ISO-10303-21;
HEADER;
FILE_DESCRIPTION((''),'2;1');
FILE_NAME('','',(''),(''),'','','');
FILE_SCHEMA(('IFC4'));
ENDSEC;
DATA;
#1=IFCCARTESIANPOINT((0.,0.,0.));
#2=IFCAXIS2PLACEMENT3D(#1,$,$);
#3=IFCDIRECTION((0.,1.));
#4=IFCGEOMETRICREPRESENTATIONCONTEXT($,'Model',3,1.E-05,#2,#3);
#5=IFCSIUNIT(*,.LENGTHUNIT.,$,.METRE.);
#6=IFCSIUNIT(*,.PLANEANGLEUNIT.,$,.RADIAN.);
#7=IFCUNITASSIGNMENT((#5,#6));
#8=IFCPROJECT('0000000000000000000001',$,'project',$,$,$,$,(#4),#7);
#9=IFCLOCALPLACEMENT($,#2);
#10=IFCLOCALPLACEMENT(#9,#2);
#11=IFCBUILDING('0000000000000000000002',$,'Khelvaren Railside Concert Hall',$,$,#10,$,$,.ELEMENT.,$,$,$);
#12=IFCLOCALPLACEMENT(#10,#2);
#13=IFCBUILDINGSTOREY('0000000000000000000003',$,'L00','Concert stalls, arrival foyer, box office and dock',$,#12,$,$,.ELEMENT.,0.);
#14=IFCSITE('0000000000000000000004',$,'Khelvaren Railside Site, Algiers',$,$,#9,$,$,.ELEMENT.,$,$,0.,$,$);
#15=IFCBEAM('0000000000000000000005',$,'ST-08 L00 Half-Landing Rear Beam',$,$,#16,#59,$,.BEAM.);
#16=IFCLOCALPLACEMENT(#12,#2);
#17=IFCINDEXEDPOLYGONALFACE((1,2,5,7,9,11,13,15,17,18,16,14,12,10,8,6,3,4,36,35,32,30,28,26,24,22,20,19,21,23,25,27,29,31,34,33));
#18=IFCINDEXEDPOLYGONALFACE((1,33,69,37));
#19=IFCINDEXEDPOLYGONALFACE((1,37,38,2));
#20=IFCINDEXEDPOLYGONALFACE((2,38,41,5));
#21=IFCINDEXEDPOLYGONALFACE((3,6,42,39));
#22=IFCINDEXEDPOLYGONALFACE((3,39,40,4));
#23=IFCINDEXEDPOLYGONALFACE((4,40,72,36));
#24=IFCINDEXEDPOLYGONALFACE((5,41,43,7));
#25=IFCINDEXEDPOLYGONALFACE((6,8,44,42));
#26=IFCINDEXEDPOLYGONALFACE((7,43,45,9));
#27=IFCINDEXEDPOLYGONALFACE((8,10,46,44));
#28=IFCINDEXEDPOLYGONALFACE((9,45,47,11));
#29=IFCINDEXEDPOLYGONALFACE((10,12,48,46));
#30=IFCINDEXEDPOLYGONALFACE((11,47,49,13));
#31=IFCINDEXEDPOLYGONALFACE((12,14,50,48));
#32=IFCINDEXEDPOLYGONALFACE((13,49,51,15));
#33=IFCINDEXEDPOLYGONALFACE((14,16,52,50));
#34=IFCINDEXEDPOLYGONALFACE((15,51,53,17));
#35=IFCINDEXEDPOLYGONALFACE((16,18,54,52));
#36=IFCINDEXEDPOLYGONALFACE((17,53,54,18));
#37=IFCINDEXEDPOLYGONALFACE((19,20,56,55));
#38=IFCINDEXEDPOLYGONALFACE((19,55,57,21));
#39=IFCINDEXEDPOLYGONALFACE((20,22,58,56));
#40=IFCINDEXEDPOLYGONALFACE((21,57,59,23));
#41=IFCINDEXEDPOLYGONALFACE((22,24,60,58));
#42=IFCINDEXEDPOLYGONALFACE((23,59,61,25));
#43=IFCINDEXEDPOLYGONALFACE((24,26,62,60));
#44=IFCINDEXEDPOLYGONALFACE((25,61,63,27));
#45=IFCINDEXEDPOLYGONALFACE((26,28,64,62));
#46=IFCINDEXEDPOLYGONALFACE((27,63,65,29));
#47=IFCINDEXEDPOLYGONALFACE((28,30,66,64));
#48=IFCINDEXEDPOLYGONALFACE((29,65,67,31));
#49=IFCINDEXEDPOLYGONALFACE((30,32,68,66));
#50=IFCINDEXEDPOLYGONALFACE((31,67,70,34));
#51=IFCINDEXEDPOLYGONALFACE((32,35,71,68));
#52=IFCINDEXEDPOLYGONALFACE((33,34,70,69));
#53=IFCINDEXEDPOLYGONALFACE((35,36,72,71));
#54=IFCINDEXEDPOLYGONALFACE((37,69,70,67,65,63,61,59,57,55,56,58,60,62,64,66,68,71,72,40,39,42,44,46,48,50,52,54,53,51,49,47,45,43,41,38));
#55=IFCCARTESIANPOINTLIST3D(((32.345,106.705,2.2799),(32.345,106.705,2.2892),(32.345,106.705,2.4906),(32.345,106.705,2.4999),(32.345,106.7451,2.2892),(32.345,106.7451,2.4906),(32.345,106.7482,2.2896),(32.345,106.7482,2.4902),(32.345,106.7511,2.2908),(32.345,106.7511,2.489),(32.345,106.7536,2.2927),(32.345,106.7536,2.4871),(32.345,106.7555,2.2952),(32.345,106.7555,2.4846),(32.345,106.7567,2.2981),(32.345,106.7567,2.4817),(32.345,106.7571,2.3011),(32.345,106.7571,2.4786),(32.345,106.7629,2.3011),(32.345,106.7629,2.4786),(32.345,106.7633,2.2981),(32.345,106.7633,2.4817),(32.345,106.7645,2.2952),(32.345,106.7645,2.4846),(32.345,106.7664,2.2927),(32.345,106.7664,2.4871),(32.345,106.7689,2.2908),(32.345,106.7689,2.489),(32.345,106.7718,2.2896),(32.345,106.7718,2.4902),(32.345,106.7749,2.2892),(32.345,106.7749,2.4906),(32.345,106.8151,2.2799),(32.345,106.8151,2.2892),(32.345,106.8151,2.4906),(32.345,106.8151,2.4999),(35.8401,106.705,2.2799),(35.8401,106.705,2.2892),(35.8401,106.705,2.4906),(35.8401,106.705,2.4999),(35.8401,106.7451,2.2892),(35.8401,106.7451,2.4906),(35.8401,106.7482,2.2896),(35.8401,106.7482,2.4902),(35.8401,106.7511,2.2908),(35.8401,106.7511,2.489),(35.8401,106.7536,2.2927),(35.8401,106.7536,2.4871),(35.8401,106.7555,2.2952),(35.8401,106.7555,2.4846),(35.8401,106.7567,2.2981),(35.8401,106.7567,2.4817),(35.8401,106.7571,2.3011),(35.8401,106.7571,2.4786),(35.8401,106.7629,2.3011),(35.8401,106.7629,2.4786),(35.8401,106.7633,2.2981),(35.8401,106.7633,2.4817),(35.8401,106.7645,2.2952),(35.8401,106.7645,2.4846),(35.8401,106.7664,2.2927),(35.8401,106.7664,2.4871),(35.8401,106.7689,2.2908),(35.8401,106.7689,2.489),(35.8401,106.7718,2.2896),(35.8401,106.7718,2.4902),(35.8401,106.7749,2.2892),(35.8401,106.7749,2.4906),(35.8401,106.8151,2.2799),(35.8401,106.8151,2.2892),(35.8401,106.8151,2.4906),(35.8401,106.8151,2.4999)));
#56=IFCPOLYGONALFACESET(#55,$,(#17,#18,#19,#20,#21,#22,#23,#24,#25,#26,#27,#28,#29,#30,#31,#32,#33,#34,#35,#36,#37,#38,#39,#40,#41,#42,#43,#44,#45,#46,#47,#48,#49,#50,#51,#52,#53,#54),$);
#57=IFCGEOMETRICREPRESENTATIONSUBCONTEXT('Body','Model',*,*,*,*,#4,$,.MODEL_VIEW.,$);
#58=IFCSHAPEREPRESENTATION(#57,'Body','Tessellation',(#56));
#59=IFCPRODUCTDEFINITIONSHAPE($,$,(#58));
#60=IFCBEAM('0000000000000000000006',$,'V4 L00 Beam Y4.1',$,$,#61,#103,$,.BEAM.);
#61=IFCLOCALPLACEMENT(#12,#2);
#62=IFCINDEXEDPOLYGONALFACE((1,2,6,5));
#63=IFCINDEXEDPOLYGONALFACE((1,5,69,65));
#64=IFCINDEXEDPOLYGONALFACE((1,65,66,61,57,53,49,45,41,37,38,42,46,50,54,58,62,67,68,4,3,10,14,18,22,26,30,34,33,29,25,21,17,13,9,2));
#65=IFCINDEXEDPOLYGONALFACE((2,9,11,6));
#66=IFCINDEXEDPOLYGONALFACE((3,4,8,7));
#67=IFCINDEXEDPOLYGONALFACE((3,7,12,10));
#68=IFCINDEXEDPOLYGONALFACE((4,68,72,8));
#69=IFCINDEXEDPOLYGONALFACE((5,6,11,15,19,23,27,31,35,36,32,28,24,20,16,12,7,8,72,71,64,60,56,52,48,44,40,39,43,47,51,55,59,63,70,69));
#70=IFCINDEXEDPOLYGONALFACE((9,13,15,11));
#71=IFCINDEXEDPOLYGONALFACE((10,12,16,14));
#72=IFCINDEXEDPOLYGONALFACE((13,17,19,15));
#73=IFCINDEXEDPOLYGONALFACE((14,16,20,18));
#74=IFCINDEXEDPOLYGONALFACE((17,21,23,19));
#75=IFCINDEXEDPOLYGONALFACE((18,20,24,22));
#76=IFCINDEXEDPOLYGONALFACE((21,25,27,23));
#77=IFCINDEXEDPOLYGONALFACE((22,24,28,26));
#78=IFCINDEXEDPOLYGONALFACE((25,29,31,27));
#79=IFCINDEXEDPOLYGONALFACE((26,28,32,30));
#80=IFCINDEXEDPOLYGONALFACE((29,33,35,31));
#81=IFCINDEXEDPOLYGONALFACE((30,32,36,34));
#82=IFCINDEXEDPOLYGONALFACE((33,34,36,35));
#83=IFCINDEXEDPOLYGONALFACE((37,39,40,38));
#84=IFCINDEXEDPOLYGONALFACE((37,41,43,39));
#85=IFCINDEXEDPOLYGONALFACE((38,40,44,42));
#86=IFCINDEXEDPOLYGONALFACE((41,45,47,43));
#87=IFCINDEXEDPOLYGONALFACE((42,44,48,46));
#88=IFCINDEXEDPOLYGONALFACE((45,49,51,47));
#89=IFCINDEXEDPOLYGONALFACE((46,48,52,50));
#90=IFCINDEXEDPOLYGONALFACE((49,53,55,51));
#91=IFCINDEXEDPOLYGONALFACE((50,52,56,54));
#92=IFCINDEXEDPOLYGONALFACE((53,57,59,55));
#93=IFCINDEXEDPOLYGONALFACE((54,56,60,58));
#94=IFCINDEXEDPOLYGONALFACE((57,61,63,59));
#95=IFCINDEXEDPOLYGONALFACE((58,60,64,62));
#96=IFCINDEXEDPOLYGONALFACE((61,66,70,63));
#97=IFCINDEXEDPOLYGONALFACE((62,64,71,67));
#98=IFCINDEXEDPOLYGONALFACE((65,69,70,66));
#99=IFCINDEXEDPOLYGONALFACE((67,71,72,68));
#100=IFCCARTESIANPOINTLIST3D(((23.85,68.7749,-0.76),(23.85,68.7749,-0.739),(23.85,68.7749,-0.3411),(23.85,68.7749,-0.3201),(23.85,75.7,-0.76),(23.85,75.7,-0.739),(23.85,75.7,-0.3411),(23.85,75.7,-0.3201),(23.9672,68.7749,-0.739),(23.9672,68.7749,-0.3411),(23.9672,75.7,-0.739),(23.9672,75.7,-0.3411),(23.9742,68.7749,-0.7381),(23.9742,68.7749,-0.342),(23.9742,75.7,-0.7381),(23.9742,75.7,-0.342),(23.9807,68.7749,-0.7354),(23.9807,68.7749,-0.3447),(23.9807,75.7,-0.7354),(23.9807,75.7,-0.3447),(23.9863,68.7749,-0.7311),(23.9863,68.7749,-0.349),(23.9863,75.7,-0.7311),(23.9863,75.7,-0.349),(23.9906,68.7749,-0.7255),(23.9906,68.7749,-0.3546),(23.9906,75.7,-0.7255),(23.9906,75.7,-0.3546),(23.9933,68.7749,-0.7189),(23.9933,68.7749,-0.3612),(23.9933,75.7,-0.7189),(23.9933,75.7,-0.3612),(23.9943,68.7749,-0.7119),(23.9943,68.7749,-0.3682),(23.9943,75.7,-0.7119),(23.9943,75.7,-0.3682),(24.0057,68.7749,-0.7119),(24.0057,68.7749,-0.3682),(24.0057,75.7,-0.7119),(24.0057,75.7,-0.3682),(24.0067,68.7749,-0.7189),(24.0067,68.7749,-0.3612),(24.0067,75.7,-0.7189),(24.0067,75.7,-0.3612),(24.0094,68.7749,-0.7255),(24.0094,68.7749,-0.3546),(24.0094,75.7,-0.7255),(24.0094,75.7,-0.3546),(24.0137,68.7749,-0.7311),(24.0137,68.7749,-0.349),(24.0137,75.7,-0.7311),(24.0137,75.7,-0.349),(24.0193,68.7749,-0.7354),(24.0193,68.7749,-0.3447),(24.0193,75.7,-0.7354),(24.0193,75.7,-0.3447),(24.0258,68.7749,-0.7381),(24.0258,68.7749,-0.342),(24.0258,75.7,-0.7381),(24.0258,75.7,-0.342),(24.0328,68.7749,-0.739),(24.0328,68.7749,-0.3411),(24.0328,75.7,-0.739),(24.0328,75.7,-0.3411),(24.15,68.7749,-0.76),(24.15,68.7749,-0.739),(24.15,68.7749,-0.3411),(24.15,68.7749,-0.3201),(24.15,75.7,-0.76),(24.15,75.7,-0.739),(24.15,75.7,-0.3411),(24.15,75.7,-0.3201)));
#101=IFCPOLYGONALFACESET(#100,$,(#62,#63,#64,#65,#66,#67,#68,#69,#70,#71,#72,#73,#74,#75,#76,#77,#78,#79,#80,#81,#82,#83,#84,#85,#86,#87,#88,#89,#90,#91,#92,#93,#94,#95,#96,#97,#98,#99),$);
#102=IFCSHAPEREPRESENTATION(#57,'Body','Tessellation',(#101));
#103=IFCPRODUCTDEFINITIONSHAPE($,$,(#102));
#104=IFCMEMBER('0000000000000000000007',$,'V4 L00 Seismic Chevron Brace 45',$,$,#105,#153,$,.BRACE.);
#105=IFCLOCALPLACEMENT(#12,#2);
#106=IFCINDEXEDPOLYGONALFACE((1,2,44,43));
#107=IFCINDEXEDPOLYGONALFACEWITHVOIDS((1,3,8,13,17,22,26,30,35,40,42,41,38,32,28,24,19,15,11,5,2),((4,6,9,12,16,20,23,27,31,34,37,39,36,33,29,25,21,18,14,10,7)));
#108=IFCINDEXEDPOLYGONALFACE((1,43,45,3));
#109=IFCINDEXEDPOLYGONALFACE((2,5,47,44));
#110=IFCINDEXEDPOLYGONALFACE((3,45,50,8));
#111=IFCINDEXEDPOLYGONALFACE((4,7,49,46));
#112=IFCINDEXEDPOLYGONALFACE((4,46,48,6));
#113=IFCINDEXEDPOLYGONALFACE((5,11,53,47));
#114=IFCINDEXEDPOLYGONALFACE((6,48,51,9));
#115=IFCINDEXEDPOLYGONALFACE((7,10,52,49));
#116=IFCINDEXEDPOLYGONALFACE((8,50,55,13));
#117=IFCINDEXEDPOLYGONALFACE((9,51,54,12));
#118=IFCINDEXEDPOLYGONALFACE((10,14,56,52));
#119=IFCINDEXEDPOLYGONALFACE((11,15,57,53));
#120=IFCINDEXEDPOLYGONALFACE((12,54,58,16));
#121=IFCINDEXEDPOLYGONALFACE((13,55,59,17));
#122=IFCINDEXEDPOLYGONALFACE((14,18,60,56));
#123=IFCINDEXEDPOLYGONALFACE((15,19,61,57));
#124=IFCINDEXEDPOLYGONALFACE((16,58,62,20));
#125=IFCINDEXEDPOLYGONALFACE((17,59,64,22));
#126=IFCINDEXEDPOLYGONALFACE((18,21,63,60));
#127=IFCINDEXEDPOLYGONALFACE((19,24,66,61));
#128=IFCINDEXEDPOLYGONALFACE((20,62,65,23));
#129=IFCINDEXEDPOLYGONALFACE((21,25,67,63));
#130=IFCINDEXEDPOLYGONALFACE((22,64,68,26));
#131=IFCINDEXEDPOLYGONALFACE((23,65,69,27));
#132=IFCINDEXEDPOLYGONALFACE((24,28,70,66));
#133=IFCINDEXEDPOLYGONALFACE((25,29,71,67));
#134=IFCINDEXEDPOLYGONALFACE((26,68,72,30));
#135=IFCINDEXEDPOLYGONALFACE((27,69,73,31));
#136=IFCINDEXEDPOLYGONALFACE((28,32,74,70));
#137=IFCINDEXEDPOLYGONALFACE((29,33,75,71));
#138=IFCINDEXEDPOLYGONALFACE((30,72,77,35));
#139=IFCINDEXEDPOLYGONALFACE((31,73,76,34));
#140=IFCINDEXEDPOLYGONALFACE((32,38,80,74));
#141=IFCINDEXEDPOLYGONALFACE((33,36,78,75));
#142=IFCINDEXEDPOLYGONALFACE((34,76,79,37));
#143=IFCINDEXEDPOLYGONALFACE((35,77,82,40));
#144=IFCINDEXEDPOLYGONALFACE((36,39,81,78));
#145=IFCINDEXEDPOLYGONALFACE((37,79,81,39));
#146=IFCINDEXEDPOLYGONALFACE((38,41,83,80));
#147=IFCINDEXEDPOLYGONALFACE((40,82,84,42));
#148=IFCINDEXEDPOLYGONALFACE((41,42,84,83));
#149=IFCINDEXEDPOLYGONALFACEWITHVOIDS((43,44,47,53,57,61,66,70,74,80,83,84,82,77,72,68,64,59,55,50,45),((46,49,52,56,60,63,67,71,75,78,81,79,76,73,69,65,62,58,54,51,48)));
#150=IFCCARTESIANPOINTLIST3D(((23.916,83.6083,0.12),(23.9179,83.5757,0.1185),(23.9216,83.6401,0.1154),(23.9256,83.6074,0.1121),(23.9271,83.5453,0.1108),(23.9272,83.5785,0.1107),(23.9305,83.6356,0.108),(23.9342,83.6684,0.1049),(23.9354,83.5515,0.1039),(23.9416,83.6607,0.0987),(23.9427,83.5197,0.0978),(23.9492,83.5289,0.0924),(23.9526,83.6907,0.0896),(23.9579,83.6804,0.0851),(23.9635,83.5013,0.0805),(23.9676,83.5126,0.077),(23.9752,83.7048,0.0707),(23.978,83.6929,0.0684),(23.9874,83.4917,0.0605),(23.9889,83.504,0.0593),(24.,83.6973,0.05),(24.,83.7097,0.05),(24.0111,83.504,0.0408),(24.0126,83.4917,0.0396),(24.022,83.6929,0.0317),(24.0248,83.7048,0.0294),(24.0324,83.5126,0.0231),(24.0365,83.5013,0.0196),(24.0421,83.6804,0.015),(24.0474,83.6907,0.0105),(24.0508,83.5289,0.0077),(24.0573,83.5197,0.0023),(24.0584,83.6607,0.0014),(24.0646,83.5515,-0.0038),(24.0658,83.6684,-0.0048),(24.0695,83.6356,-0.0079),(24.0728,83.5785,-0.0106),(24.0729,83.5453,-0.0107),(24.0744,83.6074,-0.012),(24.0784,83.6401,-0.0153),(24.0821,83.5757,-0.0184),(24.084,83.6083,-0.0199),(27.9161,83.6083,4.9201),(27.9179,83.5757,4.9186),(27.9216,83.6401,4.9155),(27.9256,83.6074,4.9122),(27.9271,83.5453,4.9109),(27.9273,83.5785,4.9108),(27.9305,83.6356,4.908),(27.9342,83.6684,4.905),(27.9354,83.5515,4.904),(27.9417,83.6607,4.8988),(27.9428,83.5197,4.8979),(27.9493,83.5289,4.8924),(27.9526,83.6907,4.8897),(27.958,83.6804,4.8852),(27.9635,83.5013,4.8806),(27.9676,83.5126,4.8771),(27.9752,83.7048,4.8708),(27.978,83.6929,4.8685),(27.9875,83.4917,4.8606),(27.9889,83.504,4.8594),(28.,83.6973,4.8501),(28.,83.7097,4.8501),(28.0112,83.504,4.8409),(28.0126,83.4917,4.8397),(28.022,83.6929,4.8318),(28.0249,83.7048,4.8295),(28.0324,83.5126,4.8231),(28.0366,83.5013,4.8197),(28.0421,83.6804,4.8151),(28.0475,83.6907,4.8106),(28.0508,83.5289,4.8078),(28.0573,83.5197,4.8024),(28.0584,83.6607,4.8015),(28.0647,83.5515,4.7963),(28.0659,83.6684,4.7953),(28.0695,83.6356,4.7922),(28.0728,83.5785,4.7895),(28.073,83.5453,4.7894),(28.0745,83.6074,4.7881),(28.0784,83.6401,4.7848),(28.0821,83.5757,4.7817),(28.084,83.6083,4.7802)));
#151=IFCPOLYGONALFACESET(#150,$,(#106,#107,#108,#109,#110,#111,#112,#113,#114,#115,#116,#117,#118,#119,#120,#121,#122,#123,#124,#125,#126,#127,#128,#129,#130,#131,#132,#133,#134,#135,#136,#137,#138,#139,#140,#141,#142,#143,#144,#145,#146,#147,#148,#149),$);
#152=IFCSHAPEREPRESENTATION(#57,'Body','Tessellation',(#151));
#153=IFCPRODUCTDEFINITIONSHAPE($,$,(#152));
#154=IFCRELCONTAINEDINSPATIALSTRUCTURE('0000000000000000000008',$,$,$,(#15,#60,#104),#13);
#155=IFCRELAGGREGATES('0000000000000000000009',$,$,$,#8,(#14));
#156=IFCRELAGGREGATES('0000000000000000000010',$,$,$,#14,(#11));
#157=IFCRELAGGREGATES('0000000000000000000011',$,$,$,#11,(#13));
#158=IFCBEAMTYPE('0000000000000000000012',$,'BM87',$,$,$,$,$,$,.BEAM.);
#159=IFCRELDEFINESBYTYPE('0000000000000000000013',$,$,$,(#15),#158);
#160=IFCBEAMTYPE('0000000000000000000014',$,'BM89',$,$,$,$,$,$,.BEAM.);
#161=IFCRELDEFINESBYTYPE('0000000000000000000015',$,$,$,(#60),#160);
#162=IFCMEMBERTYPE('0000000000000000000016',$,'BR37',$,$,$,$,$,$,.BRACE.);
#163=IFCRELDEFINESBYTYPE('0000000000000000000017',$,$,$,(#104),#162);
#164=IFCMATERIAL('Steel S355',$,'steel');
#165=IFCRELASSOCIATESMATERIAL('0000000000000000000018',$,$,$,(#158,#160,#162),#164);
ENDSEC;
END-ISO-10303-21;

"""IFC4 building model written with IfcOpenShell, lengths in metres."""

from ifc_helpers import new_model, si_unit, direction, frame, origin, origin_2d, place, context, subcontext, project, spatial, hollow_circle, i_section, extrude, material, material_profile, profile_set, type_object, element, save


model = new_model("IFC4")

# Units and contexts
model_context = context("Model", 3, precision=1e-05, world=origin(), true_north=direction((0.0, 1.0)))
body_context = subcontext(model_context, "Body", "Model", "MODEL_VIEW")
ifc_project = project(units=[si_unit("LENGTHUNIT", "METRE"), si_unit("PLANEANGLEUNIT", "RADIAN")], contexts=[model_context])

# Site, building, storey
site_placement = place(None, origin())
site = spatial("IfcSite", under=ifc_project, at=site_placement, Name="Khelvaren Railside Site, Algiers", CompositionType="ELEMENT", RefElevation=0.0)
building_placement = place(site_placement, origin())
building = spatial("IfcBuilding", under=site, at=building_placement, Name="Khelvaren Railside Concert Hall", CompositionType="ELEMENT")
storey_placement = place(building_placement, origin())
storey = spatial("IfcBuildingStorey", under=building, at=storey_placement, Name="L00", Description="Concert stalls, arrival foyer, box office and dock", CompositionType="ELEMENT", Elevation=0.0)

# Beams
ifc_material_1 = material(Name="Steel S355", Category="steel")
ifc_material_profile_1 = material_profile(ifc_material_1, i_section(OverallWidth=0.1101, OverallDepth=0.22, WebThickness=0.0059, FlangeThickness=0.0093, FilletRadius=0.012, at=origin_2d()), Name="IPE 220")
ifc_profile_set_1 = profile_set([ifc_material_profile_1], Name="Steel S355")
beam_type_1 = type_object("IfcBeamType", Name="BM87", PredefinedType="BEAM", material=ifc_profile_set_1)
beam_1_placement = place(storey_placement, frame((32.345, 106.76, 2.3899), z_axis=(1.0, 0.0, 0.0), x_axis=(0.0, 1.0, 0.0)))
element("IfcBeam", 1, at=beam_1_placement, inside=storey, type_object=beam_type_1, Name="ST-08 L00 Half-Landing Rear Beam", PredefinedType="BEAM", context=body_context, shape_type="SweptSolid", body=[
    extrude(i_section(OverallWidth=0.1101, OverallDepth=0.22, WebThickness=0.0059, FlangeThickness=0.0093, FilletRadius=0.012, at=origin_2d()), origin(), (0.0, 0.0, 1.0), 3.4951),
])
ifc_material_profile_2 = material_profile(ifc_material_1, i_section(OverallWidth=0.3, OverallDepth=0.4399, WebThickness=0.0115, FlangeThickness=0.021, FilletRadius=0.0271, at=origin_2d()), Name="HEA 450")
ifc_profile_set_2 = profile_set([ifc_material_profile_2], Name="Steel S355")
beam_type_2 = type_object("IfcBeamType", Name="BM89", PredefinedType="BEAM", material=ifc_profile_set_2)
beam_2_placement = place(storey_placement, frame((24.0, 68.7749, -0.54), z_axis=(0.0, 1.0, 0.0), x_axis=(-1.0, 0.0, 0.0)))
element("IfcBeam", 2, at=beam_2_placement, inside=storey, type_object=beam_type_2, Name="V4 L00 Beam Y4.1", PredefinedType="BEAM", context=body_context, shape_type="SweptSolid", body=[
    extrude(i_section(OverallWidth=0.3, OverallDepth=0.4399, WebThickness=0.0115, FlangeThickness=0.021, FilletRadius=0.0271, at=origin_2d()), origin(), (0.0, 0.0, 1.0), 6.925),
])

# Member
ifc_material_profile_3 = material_profile(ifc_material_1, hollow_circle(Radius=0.1096, WallThickness=0.0125, at=origin_2d()), Name="CHS 219.1x12.5")
ifc_profile_set_3 = profile_set([ifc_material_profile_3], Name="Steel S355")
member_type = type_object("IfcMemberType", Name="BR37", PredefinedType="BRACE", material=ifc_profile_set_3)
for number, where, z_axis, x_axis, name in (
    (3, (24.0, 83.6001, 0.05), (0.640181, 0.0, 0.768224), (0.0, 1.0, 0.0), "V4 L00 Seismic Chevron Brace 45"),
):
    element("IfcMember", number, at=place(storey_placement, frame(where, z_axis=z_axis, x_axis=x_axis)), inside=storey, type_object=member_type, Name=name, PredefinedType="BRACE", context=body_context, shape_type="SweptSolid", body=[
        extrude(hollow_circle(Radius=0.1096, WallThickness=0.0125, at=origin_2d()), origin(), (0.0, 0.0, 1.0), 6.2483),
    ])

save(model, "model.ifc")
